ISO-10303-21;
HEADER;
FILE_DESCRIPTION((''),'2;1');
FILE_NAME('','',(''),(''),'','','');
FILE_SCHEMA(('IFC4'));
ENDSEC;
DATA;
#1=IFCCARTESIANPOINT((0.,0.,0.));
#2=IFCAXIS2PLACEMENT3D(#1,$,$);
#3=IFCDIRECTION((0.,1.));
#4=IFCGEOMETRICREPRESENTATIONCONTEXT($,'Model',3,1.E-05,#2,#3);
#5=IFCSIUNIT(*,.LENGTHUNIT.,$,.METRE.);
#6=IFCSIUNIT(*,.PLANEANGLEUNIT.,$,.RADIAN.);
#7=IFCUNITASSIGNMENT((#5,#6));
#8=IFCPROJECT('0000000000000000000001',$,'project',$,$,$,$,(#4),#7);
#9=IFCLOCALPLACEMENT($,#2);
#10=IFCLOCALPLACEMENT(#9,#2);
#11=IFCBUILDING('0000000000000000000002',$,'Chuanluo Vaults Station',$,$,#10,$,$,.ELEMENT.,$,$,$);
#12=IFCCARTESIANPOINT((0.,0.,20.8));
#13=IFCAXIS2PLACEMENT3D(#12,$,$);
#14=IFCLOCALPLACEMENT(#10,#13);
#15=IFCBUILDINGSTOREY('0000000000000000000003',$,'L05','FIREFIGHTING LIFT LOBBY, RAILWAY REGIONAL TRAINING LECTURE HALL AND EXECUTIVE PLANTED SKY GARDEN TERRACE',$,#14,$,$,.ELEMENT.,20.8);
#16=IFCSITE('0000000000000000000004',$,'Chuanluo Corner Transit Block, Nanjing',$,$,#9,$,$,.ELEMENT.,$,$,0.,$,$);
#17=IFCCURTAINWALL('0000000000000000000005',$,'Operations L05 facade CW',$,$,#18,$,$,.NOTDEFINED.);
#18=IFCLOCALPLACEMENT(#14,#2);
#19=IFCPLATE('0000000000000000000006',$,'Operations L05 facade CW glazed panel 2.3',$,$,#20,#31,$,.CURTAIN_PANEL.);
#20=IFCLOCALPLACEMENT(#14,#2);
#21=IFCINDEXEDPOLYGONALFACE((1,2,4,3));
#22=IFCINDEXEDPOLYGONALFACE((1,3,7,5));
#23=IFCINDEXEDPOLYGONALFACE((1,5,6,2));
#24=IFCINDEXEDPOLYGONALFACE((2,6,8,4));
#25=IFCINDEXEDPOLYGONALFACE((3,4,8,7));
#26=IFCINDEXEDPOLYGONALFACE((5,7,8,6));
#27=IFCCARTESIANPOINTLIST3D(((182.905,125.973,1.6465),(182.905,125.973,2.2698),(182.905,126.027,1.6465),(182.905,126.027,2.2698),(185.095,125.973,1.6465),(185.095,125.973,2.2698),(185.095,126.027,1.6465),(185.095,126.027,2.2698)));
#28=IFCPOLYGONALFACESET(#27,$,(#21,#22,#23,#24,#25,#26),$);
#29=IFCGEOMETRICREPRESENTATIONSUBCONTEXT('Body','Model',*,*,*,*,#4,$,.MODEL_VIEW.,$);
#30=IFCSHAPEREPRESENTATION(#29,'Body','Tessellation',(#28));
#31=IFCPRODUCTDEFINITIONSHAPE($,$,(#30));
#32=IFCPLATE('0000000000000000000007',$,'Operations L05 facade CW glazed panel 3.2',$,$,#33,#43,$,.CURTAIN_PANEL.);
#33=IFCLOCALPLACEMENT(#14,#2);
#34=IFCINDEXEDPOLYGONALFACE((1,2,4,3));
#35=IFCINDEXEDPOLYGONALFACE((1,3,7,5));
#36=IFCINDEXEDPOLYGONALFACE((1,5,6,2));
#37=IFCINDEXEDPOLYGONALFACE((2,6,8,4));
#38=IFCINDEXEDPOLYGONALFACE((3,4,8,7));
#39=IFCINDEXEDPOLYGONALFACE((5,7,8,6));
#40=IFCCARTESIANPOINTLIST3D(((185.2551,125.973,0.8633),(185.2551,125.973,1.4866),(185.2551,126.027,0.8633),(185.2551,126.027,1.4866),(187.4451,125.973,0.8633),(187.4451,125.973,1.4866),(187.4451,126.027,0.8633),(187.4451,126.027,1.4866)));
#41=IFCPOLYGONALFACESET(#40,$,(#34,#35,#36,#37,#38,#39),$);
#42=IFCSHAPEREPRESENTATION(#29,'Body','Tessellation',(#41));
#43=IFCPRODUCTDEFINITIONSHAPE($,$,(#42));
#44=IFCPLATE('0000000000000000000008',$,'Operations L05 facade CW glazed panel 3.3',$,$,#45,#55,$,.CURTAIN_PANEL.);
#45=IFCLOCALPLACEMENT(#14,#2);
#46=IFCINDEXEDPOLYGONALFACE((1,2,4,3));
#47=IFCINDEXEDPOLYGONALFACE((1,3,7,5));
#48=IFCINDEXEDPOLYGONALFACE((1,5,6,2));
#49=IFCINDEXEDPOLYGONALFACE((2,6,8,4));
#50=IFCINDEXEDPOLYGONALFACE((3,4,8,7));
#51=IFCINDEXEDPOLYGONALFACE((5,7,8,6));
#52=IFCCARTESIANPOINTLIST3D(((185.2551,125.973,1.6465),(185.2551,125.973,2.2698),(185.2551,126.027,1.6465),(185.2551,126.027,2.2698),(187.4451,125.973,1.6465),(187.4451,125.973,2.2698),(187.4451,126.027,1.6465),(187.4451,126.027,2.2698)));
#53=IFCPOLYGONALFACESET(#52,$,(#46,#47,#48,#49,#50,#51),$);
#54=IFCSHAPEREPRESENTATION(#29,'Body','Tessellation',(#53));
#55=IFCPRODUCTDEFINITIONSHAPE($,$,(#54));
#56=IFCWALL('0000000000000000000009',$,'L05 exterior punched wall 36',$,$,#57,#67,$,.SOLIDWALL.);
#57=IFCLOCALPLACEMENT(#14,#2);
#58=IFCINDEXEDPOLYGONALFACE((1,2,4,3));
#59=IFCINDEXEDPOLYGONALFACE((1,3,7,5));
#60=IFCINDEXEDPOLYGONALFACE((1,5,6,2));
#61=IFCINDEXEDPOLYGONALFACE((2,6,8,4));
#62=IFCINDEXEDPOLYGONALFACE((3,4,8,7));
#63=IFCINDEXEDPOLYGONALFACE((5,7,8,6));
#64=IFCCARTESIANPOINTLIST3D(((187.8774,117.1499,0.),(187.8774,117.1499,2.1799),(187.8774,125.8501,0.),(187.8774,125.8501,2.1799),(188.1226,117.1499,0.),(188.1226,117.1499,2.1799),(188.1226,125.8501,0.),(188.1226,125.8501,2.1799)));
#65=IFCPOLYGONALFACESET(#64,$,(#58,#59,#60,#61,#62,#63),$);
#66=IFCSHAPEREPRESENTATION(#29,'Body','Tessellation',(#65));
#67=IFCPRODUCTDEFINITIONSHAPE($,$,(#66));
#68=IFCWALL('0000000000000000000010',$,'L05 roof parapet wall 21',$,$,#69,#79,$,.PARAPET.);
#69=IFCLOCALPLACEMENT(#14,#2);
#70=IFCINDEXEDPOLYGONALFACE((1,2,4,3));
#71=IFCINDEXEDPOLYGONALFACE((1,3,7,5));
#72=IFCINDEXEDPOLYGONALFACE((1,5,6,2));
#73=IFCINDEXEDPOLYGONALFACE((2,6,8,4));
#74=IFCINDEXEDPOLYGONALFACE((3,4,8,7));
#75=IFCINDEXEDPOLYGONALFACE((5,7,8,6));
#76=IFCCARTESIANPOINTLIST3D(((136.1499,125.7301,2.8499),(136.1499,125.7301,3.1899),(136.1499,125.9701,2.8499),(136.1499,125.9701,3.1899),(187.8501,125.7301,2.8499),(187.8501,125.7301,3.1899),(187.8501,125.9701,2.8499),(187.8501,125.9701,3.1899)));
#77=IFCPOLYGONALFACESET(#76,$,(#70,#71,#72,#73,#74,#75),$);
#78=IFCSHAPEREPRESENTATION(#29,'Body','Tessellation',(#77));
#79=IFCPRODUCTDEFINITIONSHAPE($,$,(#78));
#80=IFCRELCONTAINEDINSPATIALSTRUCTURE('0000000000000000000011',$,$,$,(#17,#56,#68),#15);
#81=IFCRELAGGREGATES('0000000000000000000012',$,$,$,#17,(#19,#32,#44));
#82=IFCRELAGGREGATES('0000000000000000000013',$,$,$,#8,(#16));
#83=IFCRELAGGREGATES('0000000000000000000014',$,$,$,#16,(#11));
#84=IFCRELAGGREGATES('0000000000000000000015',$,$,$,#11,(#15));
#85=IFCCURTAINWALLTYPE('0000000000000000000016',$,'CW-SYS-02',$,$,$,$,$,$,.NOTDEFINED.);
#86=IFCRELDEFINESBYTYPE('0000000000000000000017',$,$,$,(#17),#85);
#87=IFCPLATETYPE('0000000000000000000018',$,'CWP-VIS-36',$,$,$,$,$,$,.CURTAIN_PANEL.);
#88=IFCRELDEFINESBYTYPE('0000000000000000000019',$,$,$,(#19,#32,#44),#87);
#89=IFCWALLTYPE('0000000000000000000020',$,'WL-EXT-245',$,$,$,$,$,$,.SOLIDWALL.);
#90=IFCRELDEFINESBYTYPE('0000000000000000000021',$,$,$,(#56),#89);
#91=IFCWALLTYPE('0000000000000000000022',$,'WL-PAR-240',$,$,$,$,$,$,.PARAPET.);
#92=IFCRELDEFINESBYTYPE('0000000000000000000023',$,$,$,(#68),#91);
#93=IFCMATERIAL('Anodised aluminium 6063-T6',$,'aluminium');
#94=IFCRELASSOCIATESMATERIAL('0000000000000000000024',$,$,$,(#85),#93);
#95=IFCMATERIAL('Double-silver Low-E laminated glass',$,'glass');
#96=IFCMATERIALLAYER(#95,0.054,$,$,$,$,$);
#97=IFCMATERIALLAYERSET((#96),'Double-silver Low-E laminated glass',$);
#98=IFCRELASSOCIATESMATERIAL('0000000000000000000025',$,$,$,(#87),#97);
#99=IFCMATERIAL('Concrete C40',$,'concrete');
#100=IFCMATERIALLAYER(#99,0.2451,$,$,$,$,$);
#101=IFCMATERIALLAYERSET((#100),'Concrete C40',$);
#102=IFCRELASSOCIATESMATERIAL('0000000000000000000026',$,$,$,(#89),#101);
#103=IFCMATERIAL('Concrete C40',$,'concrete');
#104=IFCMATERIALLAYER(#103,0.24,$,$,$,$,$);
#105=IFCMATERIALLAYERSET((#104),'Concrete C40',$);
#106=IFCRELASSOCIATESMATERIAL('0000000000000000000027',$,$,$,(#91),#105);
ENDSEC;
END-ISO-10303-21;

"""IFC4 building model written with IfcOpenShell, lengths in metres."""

from ifc_helpers import new_model, si_unit, direction, frame, frame_2d, origin, origin_2d, place, context, subcontext, project, spatial, rectangle, extrude, material, layer, layer_set, type_object, element, aggregate, save


model = new_model("IFC4")

# Units and contexts
model_context = context("Model", 3, precision=1e-05, world=origin(), true_north=direction((0.0, 1.0)))
body_context = subcontext(model_context, "Body", "Model", "MODEL_VIEW")
ifc_project = project(units=[si_unit("LENGTHUNIT", "METRE"), si_unit("PLANEANGLEUNIT", "RADIAN")], contexts=[model_context])

# Site, building, storey
site_placement = place(None, origin())
site = spatial("IfcSite", under=ifc_project, at=site_placement, Name="Chuanluo Corner Transit Block, Nanjing", CompositionType="ELEMENT", RefElevation=0.0)
building_placement = place(site_placement, origin())
building = spatial("IfcBuilding", under=site, at=building_placement, Name="Chuanluo Vaults Station", CompositionType="ELEMENT")
storey_placement = place(building_placement, frame((0.0, 0.0, 20.8)))
storey = spatial("IfcBuildingStorey", under=building, at=storey_placement, Name="L05", Description="FIREFIGHTING LIFT LOBBY, RAILWAY REGIONAL TRAINING LECTURE HALL AND EXECUTIVE PLANTED SKY GARDEN TERRACE", CompositionType="ELEMENT", Elevation=20.8)

# Curtain wall
ifc_material_1 = material(Name="Anodised aluminium 6063-T6", Category="aluminium")
curtain_wall_type_1 = type_object("IfcCurtainWallType", Name="CW-SYS-02", PredefinedType="NOTDEFINED", material=ifc_material_1)
curtain_wall_1_placement = place(storey_placement, origin())
curtain_wall_1 = element("IfcCurtainWall", 1, at=curtain_wall_1_placement, inside=storey, type_object=curtain_wall_type_1, Name="Operations L05 facade CW", PredefinedType="NOTDEFINED")

# Plates
ifc_material_2 = material(Name="Double-silver Low-E laminated glass", Category="glass")
ifc_layer_1 = layer(ifc_material_2, 0.054)
ifc_layer_set_1 = layer_set([ifc_layer_1], Name="Double-silver Low-E laminated glass")
plate_type_1 = type_object("IfcPlateType", Name="CWP-VIS-36", PredefinedType="CURTAIN_PANEL", material=ifc_layer_set_1)
plate_1_placement = place(storey_placement, frame((184.0, 126.0, 1.6465), z_axis=(0.0, 0.0, 1.0), x_axis=(1.0, 0.0, 0.0)))
plate_1 = element("IfcPlate", 2, at=plate_1_placement, type_object=plate_type_1, Name="Operations L05 facade CW glazed panel 2.3", PredefinedType="CURTAIN_PANEL", context=body_context, shape_type="SweptSolid", body=[
    extrude(rectangle(XDim=2.1899, YDim=0.054, at=origin_2d()), origin(), (0.0, 0.0, 1.0), 0.6233),
])
plate_2_placement = place(storey_placement, frame((186.3501, 126.0, 0.8633), z_axis=(0.0, 0.0, 1.0), x_axis=(1.0, 0.0, 0.0)))
plate_2 = element("IfcPlate", 3, at=plate_2_placement, type_object=plate_type_1, Name="Operations L05 facade CW glazed panel 3.2", PredefinedType="CURTAIN_PANEL", context=body_context, shape_type="SweptSolid", body=[
    extrude(rectangle(XDim=2.1899, YDim=0.054, at=origin_2d()), origin(), (0.0, 0.0, 1.0), 0.6233),
])
plate_3_placement = place(storey_placement, frame((186.3501, 126.0, 1.6465), z_axis=(0.0, 0.0, 1.0), x_axis=(1.0, 0.0, 0.0)))
plate_3 = element("IfcPlate", 4, at=plate_3_placement, type_object=plate_type_1, Name="Operations L05 facade CW glazed panel 3.3", PredefinedType="CURTAIN_PANEL", context=body_context, shape_type="SweptSolid", body=[
    extrude(rectangle(XDim=2.1899, YDim=0.054, at=origin_2d()), origin(), (0.0, 0.0, 1.0), 0.6233),
])
aggregate(curtain_wall_1, [plate_1, plate_2, plate_3])

# Walls
ifc_material_3 = material(Name="Concrete C40", Category="concrete")
ifc_layer_2 = layer(ifc_material_3, 0.2451)
ifc_layer_set_2 = layer_set([ifc_layer_2], Name="Concrete C40")
wall_type_1 = type_object("IfcWallType", Name="WL-EXT-245", PredefinedType="SOLIDWALL", material=ifc_layer_set_2)
wall_1_placement = place(storey_placement, frame((188.0, 125.8501, 0.0), z_axis=(0.0, 0.0, 1.0), x_axis=(0.0, -1.0, 0.0)))
element("IfcWall", 5, at=wall_1_placement, inside=storey, type_object=wall_type_1, Name="L05 exterior punched wall 36", PredefinedType="SOLIDWALL", context=body_context, shape_type="SweptSolid", body=[
    extrude(rectangle(XDim=8.7002, YDim=0.2451, at=frame_2d((4.3501, 0.0))), origin(), (0.0, 0.0, 1.0), 2.1799),
])
ifc_material_4 = material(Name="Concrete C40", Category="concrete")
ifc_layer_3 = layer(ifc_material_4, 0.24)
ifc_layer_set_3 = layer_set([ifc_layer_3], Name="Concrete C40")
wall_type_2 = type_object("IfcWallType", Name="WL-PAR-240", PredefinedType="PARAPET", material=ifc_layer_set_3)
wall_2_placement = place(storey_placement, frame((187.8501, 125.8501, 2.8499), z_axis=(0.0, 0.0, 1.0), x_axis=(-1.0, 0.0, 0.0)))
element("IfcWall", 6, at=wall_2_placement, inside=storey, type_object=wall_type_2, Name="L05 roof parapet wall 21", PredefinedType="PARAPET", context=body_context, shape_type="SweptSolid", body=[
    extrude(rectangle(XDim=51.7002, YDim=0.24, at=frame_2d((25.8501, 0.0))), origin(), (0.0, 0.0, 1.0), 0.3401),
])

save(model, "model.ifc")
